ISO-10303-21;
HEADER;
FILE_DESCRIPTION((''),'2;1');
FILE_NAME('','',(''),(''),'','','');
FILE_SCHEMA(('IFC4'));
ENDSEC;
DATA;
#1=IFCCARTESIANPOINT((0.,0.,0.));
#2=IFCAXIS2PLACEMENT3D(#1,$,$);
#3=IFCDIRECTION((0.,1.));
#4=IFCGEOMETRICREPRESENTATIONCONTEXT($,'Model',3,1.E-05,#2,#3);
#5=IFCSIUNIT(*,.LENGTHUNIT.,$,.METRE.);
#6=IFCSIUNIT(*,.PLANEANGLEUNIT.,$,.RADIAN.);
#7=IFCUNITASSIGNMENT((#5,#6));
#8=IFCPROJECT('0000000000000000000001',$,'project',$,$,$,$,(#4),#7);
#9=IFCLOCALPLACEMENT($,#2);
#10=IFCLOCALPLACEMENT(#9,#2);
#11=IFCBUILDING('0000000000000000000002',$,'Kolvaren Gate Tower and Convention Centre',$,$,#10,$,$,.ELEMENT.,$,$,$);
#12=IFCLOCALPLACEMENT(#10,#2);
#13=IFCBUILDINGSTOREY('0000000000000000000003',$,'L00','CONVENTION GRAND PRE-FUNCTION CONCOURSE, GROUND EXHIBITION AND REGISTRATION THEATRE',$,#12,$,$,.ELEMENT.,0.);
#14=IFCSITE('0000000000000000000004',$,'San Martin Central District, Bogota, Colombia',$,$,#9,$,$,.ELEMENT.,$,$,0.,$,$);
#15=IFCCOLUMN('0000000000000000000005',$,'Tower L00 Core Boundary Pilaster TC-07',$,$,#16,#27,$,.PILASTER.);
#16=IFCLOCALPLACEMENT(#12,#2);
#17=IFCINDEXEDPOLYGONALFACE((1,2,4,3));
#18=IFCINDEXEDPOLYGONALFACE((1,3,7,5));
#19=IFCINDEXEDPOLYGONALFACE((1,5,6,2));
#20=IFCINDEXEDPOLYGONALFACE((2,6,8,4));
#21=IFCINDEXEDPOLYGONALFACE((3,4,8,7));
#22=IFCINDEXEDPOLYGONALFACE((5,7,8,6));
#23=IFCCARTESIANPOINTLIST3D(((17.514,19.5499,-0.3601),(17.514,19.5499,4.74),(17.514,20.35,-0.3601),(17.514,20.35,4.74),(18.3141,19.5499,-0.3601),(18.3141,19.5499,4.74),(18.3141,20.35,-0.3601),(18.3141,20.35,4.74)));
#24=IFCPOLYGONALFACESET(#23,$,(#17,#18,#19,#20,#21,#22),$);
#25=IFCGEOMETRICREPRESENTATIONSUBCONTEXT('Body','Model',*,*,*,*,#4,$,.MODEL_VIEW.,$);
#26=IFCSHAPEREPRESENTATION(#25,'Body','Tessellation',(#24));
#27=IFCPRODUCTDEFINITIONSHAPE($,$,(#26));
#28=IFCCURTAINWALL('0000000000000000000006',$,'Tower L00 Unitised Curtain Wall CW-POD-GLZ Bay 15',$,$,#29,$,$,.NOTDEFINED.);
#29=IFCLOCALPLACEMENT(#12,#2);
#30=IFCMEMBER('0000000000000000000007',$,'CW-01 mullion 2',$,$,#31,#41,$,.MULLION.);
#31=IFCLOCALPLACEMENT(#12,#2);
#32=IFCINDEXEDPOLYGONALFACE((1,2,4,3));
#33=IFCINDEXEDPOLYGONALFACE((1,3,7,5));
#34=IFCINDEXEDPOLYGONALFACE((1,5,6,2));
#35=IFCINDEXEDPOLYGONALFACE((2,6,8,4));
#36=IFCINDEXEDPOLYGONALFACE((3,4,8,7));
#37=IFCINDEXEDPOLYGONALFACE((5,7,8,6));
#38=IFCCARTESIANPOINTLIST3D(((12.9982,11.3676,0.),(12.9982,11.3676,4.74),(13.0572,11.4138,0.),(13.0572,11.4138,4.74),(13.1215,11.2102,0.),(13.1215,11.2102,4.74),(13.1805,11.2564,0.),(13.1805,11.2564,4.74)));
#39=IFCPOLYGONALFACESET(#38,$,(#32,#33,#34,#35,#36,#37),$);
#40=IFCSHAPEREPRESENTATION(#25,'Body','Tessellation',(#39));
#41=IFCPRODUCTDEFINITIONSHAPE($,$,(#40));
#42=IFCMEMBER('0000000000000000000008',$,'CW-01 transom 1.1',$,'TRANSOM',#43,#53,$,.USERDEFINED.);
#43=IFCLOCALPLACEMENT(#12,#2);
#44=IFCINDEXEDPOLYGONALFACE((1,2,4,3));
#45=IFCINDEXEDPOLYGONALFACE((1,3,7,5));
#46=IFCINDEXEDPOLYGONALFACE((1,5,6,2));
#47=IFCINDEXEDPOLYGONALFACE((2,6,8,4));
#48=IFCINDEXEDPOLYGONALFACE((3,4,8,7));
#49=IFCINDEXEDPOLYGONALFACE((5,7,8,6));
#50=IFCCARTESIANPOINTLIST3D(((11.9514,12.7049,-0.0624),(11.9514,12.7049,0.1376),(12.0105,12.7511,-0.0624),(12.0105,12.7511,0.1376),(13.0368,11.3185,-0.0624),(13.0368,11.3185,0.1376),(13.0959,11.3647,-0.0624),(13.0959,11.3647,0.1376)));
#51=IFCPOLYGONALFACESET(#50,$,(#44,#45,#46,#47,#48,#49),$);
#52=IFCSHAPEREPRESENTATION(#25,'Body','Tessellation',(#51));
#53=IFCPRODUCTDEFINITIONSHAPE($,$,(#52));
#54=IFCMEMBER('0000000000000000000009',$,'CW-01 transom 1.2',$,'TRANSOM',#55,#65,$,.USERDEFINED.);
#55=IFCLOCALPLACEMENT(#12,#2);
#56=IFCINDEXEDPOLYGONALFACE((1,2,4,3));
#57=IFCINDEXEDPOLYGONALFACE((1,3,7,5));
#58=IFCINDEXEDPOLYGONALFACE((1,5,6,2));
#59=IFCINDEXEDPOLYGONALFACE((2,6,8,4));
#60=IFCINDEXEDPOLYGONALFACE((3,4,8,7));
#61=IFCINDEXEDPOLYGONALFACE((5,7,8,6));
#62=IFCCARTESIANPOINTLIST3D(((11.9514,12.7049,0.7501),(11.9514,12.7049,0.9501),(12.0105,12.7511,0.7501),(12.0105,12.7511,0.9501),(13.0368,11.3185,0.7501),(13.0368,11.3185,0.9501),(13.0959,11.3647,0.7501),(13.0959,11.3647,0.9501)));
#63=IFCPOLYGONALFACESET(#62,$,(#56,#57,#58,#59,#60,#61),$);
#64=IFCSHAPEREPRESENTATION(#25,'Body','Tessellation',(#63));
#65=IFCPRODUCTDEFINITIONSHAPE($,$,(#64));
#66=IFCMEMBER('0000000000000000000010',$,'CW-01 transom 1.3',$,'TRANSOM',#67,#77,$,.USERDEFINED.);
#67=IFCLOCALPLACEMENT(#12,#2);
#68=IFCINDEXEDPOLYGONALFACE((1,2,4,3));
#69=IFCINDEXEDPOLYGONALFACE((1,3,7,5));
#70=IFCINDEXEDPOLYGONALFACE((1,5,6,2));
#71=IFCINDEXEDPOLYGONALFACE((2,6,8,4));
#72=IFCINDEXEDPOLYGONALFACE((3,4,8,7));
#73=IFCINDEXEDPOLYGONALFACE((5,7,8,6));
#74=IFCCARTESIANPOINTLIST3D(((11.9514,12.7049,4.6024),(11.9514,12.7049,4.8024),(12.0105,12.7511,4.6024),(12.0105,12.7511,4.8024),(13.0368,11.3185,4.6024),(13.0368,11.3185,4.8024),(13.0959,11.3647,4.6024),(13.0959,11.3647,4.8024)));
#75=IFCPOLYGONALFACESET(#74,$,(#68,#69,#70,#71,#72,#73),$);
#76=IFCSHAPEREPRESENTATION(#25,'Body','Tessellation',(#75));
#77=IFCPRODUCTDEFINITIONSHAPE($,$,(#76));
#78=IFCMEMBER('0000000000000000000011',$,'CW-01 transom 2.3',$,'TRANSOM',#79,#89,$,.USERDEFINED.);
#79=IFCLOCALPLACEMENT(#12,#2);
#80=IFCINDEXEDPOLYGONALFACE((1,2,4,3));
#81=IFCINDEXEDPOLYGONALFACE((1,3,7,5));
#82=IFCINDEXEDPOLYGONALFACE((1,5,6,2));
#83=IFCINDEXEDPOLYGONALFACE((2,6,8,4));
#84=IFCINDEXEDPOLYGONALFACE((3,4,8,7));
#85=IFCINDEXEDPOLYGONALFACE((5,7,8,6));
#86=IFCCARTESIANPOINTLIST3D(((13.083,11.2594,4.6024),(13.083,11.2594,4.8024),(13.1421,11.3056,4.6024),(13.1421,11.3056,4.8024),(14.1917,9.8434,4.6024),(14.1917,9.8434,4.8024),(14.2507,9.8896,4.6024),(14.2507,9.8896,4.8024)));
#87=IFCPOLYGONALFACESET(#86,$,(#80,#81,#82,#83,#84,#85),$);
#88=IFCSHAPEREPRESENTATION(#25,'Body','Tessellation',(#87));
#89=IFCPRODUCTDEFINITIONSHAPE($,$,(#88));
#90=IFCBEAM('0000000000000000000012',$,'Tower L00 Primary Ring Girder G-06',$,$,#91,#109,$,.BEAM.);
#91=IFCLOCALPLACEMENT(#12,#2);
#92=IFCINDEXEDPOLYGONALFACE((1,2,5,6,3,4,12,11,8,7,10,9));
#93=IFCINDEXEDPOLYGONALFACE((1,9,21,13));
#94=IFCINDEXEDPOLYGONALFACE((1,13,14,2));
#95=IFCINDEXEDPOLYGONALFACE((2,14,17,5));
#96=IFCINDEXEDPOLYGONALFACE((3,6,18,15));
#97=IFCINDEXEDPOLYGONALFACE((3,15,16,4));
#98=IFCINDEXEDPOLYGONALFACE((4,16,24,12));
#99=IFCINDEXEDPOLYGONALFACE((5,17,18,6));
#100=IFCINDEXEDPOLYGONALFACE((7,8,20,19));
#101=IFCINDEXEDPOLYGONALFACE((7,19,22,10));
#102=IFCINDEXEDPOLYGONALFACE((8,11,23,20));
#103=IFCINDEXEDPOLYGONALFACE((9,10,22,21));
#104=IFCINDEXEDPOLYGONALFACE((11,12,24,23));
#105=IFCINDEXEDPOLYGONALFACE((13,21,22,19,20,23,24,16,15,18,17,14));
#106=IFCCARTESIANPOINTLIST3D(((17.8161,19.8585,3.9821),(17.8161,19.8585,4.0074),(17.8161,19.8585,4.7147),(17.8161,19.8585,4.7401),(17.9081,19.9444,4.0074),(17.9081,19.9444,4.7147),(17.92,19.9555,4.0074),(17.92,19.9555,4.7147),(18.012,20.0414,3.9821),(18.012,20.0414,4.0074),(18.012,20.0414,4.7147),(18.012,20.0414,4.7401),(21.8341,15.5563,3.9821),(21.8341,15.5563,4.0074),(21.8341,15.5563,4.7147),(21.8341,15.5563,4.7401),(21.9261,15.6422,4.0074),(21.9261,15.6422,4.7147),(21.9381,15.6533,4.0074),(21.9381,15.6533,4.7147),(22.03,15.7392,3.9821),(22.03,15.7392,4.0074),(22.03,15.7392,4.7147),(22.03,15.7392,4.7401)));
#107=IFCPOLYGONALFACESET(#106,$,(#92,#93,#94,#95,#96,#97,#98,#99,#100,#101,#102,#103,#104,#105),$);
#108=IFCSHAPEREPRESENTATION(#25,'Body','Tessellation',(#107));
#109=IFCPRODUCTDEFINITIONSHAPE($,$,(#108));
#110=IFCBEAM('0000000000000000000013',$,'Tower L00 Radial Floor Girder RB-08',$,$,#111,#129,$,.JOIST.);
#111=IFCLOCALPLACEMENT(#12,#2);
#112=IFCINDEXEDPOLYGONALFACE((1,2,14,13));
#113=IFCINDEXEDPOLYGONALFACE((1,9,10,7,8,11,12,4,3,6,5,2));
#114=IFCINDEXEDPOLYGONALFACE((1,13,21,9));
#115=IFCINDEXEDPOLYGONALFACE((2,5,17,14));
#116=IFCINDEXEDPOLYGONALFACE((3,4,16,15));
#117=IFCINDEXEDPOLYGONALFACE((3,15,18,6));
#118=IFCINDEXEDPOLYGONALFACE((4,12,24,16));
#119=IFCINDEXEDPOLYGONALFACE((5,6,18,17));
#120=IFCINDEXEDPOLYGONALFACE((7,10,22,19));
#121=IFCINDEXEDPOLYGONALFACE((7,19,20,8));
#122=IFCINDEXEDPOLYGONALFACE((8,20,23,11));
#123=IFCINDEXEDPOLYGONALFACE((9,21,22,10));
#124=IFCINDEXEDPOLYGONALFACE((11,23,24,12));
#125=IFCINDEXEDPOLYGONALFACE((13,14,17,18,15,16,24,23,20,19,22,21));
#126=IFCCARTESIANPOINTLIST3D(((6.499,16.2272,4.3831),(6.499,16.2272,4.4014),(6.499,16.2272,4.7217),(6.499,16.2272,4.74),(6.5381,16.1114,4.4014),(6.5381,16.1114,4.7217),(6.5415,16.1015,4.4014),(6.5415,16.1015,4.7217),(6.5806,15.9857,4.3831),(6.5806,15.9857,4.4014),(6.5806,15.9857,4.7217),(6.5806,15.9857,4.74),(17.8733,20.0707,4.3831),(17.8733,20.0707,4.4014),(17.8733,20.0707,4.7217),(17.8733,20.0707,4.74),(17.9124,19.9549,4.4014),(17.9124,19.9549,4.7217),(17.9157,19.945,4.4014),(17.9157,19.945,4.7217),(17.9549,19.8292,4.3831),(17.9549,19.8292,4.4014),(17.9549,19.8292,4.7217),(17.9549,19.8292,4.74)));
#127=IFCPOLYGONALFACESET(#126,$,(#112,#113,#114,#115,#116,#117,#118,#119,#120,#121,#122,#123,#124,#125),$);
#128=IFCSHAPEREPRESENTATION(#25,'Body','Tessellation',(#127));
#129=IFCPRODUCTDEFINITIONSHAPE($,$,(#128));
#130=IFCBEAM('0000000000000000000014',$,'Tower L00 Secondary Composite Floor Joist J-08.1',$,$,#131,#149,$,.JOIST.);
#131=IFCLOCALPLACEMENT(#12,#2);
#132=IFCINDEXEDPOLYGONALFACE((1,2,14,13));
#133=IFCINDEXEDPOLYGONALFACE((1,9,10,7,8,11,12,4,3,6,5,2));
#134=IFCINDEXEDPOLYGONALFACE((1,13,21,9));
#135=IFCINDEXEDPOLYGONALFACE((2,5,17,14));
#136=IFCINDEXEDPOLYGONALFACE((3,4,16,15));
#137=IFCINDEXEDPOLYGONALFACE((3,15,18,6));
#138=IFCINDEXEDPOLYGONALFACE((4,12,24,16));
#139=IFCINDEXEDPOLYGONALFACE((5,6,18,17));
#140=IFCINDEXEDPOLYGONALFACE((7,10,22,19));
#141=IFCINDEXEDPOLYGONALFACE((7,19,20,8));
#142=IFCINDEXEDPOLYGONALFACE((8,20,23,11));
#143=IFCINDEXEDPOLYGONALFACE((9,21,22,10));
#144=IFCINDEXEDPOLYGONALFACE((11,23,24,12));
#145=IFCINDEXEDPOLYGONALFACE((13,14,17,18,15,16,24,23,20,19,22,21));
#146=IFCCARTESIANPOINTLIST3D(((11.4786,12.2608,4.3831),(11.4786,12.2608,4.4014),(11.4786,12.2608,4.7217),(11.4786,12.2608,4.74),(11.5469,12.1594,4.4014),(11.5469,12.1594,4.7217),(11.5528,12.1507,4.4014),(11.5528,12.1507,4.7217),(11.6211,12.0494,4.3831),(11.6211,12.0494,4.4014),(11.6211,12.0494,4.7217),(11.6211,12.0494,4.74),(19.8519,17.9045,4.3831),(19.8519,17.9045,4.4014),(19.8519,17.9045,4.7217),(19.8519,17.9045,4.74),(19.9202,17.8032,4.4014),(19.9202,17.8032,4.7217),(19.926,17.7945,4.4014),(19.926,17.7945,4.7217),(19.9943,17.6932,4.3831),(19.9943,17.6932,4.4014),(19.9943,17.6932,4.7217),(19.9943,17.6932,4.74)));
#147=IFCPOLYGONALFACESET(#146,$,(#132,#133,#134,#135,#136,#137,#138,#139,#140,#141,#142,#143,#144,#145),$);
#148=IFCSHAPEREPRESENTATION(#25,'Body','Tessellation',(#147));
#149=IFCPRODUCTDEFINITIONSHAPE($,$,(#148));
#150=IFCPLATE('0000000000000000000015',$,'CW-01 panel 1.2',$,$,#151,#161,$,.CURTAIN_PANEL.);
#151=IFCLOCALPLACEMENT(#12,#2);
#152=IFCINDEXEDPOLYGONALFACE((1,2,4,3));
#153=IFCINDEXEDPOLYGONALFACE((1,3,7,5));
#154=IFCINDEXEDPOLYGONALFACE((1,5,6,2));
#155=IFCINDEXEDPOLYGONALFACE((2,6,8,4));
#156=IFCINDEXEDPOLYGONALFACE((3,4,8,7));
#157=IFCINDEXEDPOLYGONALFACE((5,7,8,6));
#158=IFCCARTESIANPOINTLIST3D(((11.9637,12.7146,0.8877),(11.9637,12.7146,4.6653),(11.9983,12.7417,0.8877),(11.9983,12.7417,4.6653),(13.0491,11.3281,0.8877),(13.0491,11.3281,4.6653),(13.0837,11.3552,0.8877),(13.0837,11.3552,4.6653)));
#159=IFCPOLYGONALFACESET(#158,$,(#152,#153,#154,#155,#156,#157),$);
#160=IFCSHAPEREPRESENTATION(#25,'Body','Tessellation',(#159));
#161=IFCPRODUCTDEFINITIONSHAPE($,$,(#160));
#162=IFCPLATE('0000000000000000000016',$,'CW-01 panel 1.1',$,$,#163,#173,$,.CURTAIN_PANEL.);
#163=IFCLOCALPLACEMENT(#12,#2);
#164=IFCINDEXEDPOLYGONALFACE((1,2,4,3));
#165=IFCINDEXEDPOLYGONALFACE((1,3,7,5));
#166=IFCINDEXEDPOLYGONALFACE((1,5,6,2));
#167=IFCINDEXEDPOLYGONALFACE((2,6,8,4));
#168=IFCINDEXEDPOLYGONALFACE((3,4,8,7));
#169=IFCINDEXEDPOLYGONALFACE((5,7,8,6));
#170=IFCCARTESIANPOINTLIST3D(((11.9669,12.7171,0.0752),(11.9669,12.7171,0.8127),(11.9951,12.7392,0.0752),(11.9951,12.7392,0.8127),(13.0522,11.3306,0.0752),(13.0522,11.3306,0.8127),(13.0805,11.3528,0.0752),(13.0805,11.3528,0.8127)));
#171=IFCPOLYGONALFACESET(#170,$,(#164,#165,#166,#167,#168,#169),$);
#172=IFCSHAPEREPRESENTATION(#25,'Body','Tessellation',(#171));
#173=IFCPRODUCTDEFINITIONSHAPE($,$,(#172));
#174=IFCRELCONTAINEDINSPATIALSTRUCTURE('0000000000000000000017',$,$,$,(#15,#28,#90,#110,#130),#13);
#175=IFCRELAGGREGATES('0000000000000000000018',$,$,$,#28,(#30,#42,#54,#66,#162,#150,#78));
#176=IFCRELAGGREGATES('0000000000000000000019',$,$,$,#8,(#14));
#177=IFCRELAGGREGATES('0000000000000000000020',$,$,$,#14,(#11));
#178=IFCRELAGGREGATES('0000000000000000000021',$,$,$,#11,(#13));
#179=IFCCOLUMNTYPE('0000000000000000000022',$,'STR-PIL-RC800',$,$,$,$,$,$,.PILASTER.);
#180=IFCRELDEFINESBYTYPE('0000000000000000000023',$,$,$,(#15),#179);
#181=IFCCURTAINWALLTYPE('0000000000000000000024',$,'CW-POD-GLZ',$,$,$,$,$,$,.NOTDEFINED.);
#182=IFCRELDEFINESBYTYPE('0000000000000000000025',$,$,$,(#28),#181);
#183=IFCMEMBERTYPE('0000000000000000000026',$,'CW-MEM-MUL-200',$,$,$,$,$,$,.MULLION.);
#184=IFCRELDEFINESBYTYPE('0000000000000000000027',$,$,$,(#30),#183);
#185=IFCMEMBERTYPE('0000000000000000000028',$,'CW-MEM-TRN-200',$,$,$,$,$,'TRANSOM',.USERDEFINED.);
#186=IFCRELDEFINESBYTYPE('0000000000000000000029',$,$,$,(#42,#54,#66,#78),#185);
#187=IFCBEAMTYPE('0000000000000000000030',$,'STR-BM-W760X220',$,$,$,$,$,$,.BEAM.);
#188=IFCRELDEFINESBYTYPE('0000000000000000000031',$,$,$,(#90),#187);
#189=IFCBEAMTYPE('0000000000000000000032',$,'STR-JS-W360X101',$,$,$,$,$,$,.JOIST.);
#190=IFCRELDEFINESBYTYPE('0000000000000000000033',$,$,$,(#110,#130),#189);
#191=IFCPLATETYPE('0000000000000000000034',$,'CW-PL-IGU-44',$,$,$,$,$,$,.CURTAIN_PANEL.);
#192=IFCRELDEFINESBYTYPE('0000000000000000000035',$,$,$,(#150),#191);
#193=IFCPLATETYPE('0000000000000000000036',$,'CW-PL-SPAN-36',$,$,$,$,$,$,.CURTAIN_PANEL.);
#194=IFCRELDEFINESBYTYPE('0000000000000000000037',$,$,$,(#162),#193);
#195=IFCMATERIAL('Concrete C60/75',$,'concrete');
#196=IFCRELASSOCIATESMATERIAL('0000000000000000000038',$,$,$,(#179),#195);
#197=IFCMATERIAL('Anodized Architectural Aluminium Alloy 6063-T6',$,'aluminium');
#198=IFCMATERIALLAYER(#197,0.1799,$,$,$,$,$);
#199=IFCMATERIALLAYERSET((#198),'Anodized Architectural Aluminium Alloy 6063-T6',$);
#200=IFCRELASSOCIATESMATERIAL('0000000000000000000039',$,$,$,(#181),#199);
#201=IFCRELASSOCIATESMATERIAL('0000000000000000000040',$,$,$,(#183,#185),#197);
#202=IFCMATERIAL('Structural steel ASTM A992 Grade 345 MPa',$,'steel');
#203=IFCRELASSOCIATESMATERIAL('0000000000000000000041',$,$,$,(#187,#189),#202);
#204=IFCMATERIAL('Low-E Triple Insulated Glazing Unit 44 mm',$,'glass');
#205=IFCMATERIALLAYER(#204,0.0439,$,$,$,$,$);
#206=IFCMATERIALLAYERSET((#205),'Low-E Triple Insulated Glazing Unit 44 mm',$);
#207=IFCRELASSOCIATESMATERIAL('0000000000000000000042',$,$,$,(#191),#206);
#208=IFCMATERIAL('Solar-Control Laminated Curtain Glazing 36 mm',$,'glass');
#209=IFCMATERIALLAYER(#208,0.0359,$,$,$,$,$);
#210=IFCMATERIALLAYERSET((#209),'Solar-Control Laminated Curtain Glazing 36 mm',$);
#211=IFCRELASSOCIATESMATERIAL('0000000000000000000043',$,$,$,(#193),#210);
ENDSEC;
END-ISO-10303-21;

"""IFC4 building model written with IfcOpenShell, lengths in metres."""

from ifc_helpers import new_model, si_unit, direction, frame, origin, origin_2d, place, context, subcontext, project, spatial, rectangle, i_section, extrude, material, layer, layer_set, material_profile, profile_set, type_object, element, aggregate, save


model = new_model("IFC4")

# Units and contexts
model_context = context("Model", 3, precision=1e-05, world=origin(), true_north=direction((0.0, 1.0)))
body_context = subcontext(model_context, "Body", "Model", "MODEL_VIEW")
ifc_project = project(units=[si_unit("LENGTHUNIT", "METRE"), si_unit("PLANEANGLEUNIT", "RADIAN")], contexts=[model_context])

# Site, building, storey
site_placement = place(None, origin())
site = spatial("IfcSite", under=ifc_project, at=site_placement, Name="San Martin Central District, Bogota, Colombia", CompositionType="ELEMENT", RefElevation=0.0)
building_placement = place(site_placement, origin())
building = spatial("IfcBuilding", under=site, at=building_placement, Name="Kolvaren Gate Tower and Convention Centre", CompositionType="ELEMENT")
storey_placement = place(building_placement, origin())
storey = spatial("IfcBuildingStorey", under=building, at=storey_placement, Name="L00", Description="CONVENTION GRAND PRE-FUNCTION CONCOURSE, GROUND EXHIBITION AND REGISTRATION THEATRE", CompositionType="ELEMENT", Elevation=0.0)

# Column
ifc_material_1 = material(Name="Concrete C60/75", Category="concrete")
ifc_material_profile_1 = material_profile(ifc_material_1, rectangle(XDim=0.8, YDim=0.8, at=origin_2d()), Name="RC-COL-800X800")
ifc_profile_set_1 = profile_set([ifc_material_profile_1], Name="Concrete C60/75")
column_type = type_object("IfcColumnType", Name="STR-PIL-RC800", PredefinedType="PILASTER", material=ifc_profile_set_1)
column_placement = place(storey_placement, frame((17.9141, 19.95, -0.3601), z_axis=(0.0, 0.0, 1.0), x_axis=(1.0, 0.0, 0.0)))
element("IfcColumn", 1, at=column_placement, inside=storey, type_object=column_type, Name="Tower L00 Core Boundary Pilaster TC-07", PredefinedType="PILASTER", context=body_context, shape_type="SweptSolid", body=[
    extrude(rectangle(XDim=0.8, YDim=0.8, at=origin_2d()), origin(), (0.0, 0.0, 1.0), 5.1001),
])

# Curtain wall, members
ifc_material_2 = material(Name="Anodized Architectural Aluminium Alloy 6063-T6", Category="aluminium")
ifc_layer_1 = layer(ifc_material_2, 0.1799)
ifc_layer_set_1 = layer_set([ifc_layer_1], Name="Anodized Architectural Aluminium Alloy 6063-T6")
curtain_wall_type = type_object("IfcCurtainWallType", Name="CW-POD-GLZ", PredefinedType="NOTDEFINED", material=ifc_layer_set_1)
curtain_wall_placement = place(storey_placement, origin())
curtain_wall = element("IfcCurtainWall", 2, at=curtain_wall_placement, inside=storey, type_object=curtain_wall_type, Name="Tower L00 Unitised Curtain Wall CW-POD-GLZ Bay 15", PredefinedType="NOTDEFINED")
ifc_material_profile_2 = material_profile(ifc_material_2, rectangle(XDim=0.075, YDim=0.2, at=origin_2d()), Name="CW-MEM-MUL-200")
ifc_profile_set_2 = profile_set([ifc_material_profile_2], Name="Anodized Architectural Aluminium Alloy 6063-T6")
member_type_1 = type_object("IfcMemberType", Name="CW-MEM-MUL-200", PredefinedType="MULLION", material=ifc_profile_set_2)
member_1_placement = place(storey_placement, frame((13.0894, 11.312, 0.0), z_axis=(0.0, 0.0, 1.0), x_axis=(0.787417, 0.616421, 0.0)))
member_1 = element("IfcMember", 3, at=member_1_placement, type_object=member_type_1, Name="CW-01 mullion 2", PredefinedType="MULLION", context=body_context, shape_type="SweptSolid", body=[
    extrude(rectangle(XDim=0.075, YDim=0.2, at=origin_2d()), origin(), (0.0, 0.0, 1.0), 4.74),
])
ifc_material_profile_3 = material_profile(ifc_material_2, rectangle(XDim=0.075, YDim=0.2, at=origin_2d()), Name="CW-MEM-TRN-200")
ifc_profile_set_3 = profile_set([ifc_material_profile_3], Name="Anodized Architectural Aluminium Alloy 6063-T6")
member_type_2 = type_object("IfcMemberType", Name="CW-MEM-TRN-200", ElementType="TRANSOM", PredefinedType="USERDEFINED", material=ifc_profile_set_3)
member_2_placement = place(storey_placement, frame((11.981, 12.728, 0.0376), z_axis=(0.616443, -0.7874, 0.0), x_axis=(0.7874, 0.616443, 0.0)))
member_2 = element("IfcMember", 4, at=member_2_placement, type_object=member_type_2, Name="CW-01 transom 1.1", ObjectType="TRANSOM", PredefinedType="USERDEFINED", context=body_context, shape_type="SweptSolid", body=[
    extrude(rectangle(XDim=0.075, YDim=0.2, at=origin_2d()), origin(), (0.0, 0.0, 1.0), 1.7607),
])
member_3_placement = place(storey_placement, frame((11.981, 12.728, 0.8501), z_axis=(0.616443, -0.7874, 0.0), x_axis=(0.7874, 0.616443, 0.0)))
member_3 = element("IfcMember", 5, at=member_3_placement, type_object=member_type_2, Name="CW-01 transom 1.2", ObjectType="TRANSOM", PredefinedType="USERDEFINED", context=body_context, shape_type="SweptSolid", body=[
    extrude(rectangle(XDim=0.075, YDim=0.2, at=origin_2d()), origin(), (0.0, 0.0, 1.0), 1.7607),
])
member_4_placement = place(storey_placement, frame((11.981, 12.728, 4.7024), z_axis=(0.616443, -0.7874, 0.0), x_axis=(0.7874, 0.616443, 0.0)))
member_4 = element("IfcMember", 6, at=member_4_placement, type_object=member_type_2, Name="CW-01 transom 1.3", ObjectType="TRANSOM", PredefinedType="USERDEFINED", context=body_context, shape_type="SweptSolid", body=[
    extrude(rectangle(XDim=0.075, YDim=0.2, at=origin_2d()), origin(), (0.0, 0.0, 1.0), 1.7607),
])
member_5_placement = place(storey_placement, frame((13.1125, 11.2825, 4.7024), z_axis=(0.616466, -0.787382, 0.0), x_axis=(0.787382, 0.616466, 0.0)))
member_5 = element("IfcMember", 7, at=member_5_placement, type_object=member_type_2, Name="CW-01 transom 2.3", ObjectType="TRANSOM", PredefinedType="USERDEFINED", context=body_context, shape_type="SweptSolid", body=[
    extrude(rectangle(XDim=0.075, YDim=0.2, at=origin_2d()), origin(), (0.0, 0.0, 1.0), 1.7983),
])

# Beams
ifc_material_3 = material(Name="Structural steel ASTM A992 Grade 345 MPa", Category="steel")
ifc_material_profile_4 = material_profile(ifc_material_3, i_section(OverallWidth=0.2681, OverallDepth=0.7581, WebThickness=0.0164, FlangeThickness=0.0254, at=origin_2d()), Name="W760X220")
ifc_profile_set_4 = profile_set([ifc_material_profile_4], Name="Structural steel ASTM A992 Grade 345 MPa")
beam_type_1 = type_object("IfcBeamType", Name="STR-BM-W760X220", PredefinedType="BEAM", material=ifc_profile_set_4)
beam_1_placement = place(storey_placement, frame((17.9141, 19.95, 4.3611), z_axis=(0.682558, -0.730832, 0.0), x_axis=(0.730832, 0.682558, 0.0)))
element("IfcBeam", 8, at=beam_1_placement, inside=storey, type_object=beam_type_1, Name="Tower L00 Primary Ring Girder G-06", PredefinedType="BEAM", context=body_context, shape_type="SweptSolid", body=[
    extrude(i_section(OverallWidth=0.2681, OverallDepth=0.7581, WebThickness=0.0164, FlangeThickness=0.0254, at=origin_2d()), origin(), (0.0, 0.0, 1.0), 5.8867),
])
ifc_material_profile_5 = material_profile(ifc_material_3, i_section(OverallWidth=0.2549, OverallDepth=0.3569, WebThickness=0.0105, FlangeThickness=0.0183, at=origin_2d()), Name="W360X101")
ifc_profile_set_5 = profile_set([ifc_material_profile_5], Name="Structural steel ASTM A992 Grade 345 MPa")
beam_type_2 = type_object("IfcBeamType", Name="STR-JS-W360X101", PredefinedType="JOIST", material=ifc_profile_set_5)
beam_2_placement = place(storey_placement, frame((17.9141, 19.95, 4.5615), z_axis=(-0.947374, -0.320129, 0.0), x_axis=(0.320129, -0.947374, 0.0)))
element("IfcBeam", 9, at=beam_2_placement, inside=storey, type_object=beam_type_2, Name="Tower L00 Radial Floor Girder RB-08", PredefinedType="JOIST", context=body_context, shape_type="SweptSolid", body=[
    extrude(i_section(OverallWidth=0.2549, OverallDepth=0.3569, WebThickness=0.0105, FlangeThickness=0.0183, at=origin_2d()), origin(), (0.0, 0.0, 1.0), 12.0061),
])
beam_3_placement = place(storey_placement, frame((19.9231, 17.7988, 4.5615), z_axis=(-0.829224, -0.558917, 0.0), x_axis=(0.558917, -0.829224, 0.0)))
element("IfcBeam", 10, at=beam_3_placement, inside=storey, type_object=beam_type_2, Name="Tower L00 Secondary Composite Floor Joist J-08.1", PredefinedType="JOIST", context=body_context, shape_type="SweptSolid", body=[
    extrude(i_section(OverallWidth=0.2549, OverallDepth=0.3569, WebThickness=0.0105, FlangeThickness=0.0183, at=origin_2d()), origin(), (0.0, 0.0, 1.0), 10.0977),
])

# Plates
ifc_material_4 = material(Name="Low-E Triple Insulated Glazing Unit 44 mm", Category="glass")
ifc_layer_2 = layer(ifc_material_4, 0.0439)
ifc_layer_set_2 = layer_set([ifc_layer_2], Name="Low-E Triple Insulated Glazing Unit 44 mm")
plate_type_1 = type_object("IfcPlateType", Name="CW-PL-IGU-44", PredefinedType="CURTAIN_PANEL", material=ifc_layer_set_2)
plate_1_placement = place(storey_placement, frame((12.5237, 12.0349, 0.8877), z_axis=(0.0, 0.0, 1.0), x_axis=(0.616421, -0.787417, 0.0)))
plate_1 = element("IfcPlate", 11, at=plate_1_placement, type_object=plate_type_1, Name="CW-01 panel 1.2", PredefinedType="CURTAIN_PANEL", context=body_context, shape_type="SweptSolid", body=[
    extrude(rectangle(XDim=1.7607, YDim=0.0439, at=origin_2d()), origin(), (0.0, 0.0, 1.0), 3.7776),
])
ifc_material_5 = material(Name="Solar-Control Laminated Curtain Glazing 36 mm", Category="glass")
ifc_layer_3 = layer(ifc_material_5, 0.0359)
ifc_layer_set_3 = layer_set([ifc_layer_3], Name="Solar-Control Laminated Curtain Glazing 36 mm")
plate_type_2 = type_object("IfcPlateType", Name="CW-PL-SPAN-36", PredefinedType="CURTAIN_PANEL", material=ifc_layer_set_3)
plate_2_placement = place(storey_placement, frame((12.5237, 12.0349, 0.0752), z_axis=(0.0, 0.0, 1.0), x_axis=(0.616421, -0.787417, 0.0)))
plate_2 = element("IfcPlate", 12, at=plate_2_placement, type_object=plate_type_2, Name="CW-01 panel 1.1", PredefinedType="CURTAIN_PANEL", context=body_context, shape_type="SweptSolid", body=[
    extrude(rectangle(XDim=1.7607, YDim=0.0359, at=origin_2d()), origin(), (0.0, 0.0, 1.0), 0.7375),
])
aggregate(curtain_wall, [member_1, member_2, member_3, member_4, plate_2, plate_1, member_5])

save(model, "model.ifc")
